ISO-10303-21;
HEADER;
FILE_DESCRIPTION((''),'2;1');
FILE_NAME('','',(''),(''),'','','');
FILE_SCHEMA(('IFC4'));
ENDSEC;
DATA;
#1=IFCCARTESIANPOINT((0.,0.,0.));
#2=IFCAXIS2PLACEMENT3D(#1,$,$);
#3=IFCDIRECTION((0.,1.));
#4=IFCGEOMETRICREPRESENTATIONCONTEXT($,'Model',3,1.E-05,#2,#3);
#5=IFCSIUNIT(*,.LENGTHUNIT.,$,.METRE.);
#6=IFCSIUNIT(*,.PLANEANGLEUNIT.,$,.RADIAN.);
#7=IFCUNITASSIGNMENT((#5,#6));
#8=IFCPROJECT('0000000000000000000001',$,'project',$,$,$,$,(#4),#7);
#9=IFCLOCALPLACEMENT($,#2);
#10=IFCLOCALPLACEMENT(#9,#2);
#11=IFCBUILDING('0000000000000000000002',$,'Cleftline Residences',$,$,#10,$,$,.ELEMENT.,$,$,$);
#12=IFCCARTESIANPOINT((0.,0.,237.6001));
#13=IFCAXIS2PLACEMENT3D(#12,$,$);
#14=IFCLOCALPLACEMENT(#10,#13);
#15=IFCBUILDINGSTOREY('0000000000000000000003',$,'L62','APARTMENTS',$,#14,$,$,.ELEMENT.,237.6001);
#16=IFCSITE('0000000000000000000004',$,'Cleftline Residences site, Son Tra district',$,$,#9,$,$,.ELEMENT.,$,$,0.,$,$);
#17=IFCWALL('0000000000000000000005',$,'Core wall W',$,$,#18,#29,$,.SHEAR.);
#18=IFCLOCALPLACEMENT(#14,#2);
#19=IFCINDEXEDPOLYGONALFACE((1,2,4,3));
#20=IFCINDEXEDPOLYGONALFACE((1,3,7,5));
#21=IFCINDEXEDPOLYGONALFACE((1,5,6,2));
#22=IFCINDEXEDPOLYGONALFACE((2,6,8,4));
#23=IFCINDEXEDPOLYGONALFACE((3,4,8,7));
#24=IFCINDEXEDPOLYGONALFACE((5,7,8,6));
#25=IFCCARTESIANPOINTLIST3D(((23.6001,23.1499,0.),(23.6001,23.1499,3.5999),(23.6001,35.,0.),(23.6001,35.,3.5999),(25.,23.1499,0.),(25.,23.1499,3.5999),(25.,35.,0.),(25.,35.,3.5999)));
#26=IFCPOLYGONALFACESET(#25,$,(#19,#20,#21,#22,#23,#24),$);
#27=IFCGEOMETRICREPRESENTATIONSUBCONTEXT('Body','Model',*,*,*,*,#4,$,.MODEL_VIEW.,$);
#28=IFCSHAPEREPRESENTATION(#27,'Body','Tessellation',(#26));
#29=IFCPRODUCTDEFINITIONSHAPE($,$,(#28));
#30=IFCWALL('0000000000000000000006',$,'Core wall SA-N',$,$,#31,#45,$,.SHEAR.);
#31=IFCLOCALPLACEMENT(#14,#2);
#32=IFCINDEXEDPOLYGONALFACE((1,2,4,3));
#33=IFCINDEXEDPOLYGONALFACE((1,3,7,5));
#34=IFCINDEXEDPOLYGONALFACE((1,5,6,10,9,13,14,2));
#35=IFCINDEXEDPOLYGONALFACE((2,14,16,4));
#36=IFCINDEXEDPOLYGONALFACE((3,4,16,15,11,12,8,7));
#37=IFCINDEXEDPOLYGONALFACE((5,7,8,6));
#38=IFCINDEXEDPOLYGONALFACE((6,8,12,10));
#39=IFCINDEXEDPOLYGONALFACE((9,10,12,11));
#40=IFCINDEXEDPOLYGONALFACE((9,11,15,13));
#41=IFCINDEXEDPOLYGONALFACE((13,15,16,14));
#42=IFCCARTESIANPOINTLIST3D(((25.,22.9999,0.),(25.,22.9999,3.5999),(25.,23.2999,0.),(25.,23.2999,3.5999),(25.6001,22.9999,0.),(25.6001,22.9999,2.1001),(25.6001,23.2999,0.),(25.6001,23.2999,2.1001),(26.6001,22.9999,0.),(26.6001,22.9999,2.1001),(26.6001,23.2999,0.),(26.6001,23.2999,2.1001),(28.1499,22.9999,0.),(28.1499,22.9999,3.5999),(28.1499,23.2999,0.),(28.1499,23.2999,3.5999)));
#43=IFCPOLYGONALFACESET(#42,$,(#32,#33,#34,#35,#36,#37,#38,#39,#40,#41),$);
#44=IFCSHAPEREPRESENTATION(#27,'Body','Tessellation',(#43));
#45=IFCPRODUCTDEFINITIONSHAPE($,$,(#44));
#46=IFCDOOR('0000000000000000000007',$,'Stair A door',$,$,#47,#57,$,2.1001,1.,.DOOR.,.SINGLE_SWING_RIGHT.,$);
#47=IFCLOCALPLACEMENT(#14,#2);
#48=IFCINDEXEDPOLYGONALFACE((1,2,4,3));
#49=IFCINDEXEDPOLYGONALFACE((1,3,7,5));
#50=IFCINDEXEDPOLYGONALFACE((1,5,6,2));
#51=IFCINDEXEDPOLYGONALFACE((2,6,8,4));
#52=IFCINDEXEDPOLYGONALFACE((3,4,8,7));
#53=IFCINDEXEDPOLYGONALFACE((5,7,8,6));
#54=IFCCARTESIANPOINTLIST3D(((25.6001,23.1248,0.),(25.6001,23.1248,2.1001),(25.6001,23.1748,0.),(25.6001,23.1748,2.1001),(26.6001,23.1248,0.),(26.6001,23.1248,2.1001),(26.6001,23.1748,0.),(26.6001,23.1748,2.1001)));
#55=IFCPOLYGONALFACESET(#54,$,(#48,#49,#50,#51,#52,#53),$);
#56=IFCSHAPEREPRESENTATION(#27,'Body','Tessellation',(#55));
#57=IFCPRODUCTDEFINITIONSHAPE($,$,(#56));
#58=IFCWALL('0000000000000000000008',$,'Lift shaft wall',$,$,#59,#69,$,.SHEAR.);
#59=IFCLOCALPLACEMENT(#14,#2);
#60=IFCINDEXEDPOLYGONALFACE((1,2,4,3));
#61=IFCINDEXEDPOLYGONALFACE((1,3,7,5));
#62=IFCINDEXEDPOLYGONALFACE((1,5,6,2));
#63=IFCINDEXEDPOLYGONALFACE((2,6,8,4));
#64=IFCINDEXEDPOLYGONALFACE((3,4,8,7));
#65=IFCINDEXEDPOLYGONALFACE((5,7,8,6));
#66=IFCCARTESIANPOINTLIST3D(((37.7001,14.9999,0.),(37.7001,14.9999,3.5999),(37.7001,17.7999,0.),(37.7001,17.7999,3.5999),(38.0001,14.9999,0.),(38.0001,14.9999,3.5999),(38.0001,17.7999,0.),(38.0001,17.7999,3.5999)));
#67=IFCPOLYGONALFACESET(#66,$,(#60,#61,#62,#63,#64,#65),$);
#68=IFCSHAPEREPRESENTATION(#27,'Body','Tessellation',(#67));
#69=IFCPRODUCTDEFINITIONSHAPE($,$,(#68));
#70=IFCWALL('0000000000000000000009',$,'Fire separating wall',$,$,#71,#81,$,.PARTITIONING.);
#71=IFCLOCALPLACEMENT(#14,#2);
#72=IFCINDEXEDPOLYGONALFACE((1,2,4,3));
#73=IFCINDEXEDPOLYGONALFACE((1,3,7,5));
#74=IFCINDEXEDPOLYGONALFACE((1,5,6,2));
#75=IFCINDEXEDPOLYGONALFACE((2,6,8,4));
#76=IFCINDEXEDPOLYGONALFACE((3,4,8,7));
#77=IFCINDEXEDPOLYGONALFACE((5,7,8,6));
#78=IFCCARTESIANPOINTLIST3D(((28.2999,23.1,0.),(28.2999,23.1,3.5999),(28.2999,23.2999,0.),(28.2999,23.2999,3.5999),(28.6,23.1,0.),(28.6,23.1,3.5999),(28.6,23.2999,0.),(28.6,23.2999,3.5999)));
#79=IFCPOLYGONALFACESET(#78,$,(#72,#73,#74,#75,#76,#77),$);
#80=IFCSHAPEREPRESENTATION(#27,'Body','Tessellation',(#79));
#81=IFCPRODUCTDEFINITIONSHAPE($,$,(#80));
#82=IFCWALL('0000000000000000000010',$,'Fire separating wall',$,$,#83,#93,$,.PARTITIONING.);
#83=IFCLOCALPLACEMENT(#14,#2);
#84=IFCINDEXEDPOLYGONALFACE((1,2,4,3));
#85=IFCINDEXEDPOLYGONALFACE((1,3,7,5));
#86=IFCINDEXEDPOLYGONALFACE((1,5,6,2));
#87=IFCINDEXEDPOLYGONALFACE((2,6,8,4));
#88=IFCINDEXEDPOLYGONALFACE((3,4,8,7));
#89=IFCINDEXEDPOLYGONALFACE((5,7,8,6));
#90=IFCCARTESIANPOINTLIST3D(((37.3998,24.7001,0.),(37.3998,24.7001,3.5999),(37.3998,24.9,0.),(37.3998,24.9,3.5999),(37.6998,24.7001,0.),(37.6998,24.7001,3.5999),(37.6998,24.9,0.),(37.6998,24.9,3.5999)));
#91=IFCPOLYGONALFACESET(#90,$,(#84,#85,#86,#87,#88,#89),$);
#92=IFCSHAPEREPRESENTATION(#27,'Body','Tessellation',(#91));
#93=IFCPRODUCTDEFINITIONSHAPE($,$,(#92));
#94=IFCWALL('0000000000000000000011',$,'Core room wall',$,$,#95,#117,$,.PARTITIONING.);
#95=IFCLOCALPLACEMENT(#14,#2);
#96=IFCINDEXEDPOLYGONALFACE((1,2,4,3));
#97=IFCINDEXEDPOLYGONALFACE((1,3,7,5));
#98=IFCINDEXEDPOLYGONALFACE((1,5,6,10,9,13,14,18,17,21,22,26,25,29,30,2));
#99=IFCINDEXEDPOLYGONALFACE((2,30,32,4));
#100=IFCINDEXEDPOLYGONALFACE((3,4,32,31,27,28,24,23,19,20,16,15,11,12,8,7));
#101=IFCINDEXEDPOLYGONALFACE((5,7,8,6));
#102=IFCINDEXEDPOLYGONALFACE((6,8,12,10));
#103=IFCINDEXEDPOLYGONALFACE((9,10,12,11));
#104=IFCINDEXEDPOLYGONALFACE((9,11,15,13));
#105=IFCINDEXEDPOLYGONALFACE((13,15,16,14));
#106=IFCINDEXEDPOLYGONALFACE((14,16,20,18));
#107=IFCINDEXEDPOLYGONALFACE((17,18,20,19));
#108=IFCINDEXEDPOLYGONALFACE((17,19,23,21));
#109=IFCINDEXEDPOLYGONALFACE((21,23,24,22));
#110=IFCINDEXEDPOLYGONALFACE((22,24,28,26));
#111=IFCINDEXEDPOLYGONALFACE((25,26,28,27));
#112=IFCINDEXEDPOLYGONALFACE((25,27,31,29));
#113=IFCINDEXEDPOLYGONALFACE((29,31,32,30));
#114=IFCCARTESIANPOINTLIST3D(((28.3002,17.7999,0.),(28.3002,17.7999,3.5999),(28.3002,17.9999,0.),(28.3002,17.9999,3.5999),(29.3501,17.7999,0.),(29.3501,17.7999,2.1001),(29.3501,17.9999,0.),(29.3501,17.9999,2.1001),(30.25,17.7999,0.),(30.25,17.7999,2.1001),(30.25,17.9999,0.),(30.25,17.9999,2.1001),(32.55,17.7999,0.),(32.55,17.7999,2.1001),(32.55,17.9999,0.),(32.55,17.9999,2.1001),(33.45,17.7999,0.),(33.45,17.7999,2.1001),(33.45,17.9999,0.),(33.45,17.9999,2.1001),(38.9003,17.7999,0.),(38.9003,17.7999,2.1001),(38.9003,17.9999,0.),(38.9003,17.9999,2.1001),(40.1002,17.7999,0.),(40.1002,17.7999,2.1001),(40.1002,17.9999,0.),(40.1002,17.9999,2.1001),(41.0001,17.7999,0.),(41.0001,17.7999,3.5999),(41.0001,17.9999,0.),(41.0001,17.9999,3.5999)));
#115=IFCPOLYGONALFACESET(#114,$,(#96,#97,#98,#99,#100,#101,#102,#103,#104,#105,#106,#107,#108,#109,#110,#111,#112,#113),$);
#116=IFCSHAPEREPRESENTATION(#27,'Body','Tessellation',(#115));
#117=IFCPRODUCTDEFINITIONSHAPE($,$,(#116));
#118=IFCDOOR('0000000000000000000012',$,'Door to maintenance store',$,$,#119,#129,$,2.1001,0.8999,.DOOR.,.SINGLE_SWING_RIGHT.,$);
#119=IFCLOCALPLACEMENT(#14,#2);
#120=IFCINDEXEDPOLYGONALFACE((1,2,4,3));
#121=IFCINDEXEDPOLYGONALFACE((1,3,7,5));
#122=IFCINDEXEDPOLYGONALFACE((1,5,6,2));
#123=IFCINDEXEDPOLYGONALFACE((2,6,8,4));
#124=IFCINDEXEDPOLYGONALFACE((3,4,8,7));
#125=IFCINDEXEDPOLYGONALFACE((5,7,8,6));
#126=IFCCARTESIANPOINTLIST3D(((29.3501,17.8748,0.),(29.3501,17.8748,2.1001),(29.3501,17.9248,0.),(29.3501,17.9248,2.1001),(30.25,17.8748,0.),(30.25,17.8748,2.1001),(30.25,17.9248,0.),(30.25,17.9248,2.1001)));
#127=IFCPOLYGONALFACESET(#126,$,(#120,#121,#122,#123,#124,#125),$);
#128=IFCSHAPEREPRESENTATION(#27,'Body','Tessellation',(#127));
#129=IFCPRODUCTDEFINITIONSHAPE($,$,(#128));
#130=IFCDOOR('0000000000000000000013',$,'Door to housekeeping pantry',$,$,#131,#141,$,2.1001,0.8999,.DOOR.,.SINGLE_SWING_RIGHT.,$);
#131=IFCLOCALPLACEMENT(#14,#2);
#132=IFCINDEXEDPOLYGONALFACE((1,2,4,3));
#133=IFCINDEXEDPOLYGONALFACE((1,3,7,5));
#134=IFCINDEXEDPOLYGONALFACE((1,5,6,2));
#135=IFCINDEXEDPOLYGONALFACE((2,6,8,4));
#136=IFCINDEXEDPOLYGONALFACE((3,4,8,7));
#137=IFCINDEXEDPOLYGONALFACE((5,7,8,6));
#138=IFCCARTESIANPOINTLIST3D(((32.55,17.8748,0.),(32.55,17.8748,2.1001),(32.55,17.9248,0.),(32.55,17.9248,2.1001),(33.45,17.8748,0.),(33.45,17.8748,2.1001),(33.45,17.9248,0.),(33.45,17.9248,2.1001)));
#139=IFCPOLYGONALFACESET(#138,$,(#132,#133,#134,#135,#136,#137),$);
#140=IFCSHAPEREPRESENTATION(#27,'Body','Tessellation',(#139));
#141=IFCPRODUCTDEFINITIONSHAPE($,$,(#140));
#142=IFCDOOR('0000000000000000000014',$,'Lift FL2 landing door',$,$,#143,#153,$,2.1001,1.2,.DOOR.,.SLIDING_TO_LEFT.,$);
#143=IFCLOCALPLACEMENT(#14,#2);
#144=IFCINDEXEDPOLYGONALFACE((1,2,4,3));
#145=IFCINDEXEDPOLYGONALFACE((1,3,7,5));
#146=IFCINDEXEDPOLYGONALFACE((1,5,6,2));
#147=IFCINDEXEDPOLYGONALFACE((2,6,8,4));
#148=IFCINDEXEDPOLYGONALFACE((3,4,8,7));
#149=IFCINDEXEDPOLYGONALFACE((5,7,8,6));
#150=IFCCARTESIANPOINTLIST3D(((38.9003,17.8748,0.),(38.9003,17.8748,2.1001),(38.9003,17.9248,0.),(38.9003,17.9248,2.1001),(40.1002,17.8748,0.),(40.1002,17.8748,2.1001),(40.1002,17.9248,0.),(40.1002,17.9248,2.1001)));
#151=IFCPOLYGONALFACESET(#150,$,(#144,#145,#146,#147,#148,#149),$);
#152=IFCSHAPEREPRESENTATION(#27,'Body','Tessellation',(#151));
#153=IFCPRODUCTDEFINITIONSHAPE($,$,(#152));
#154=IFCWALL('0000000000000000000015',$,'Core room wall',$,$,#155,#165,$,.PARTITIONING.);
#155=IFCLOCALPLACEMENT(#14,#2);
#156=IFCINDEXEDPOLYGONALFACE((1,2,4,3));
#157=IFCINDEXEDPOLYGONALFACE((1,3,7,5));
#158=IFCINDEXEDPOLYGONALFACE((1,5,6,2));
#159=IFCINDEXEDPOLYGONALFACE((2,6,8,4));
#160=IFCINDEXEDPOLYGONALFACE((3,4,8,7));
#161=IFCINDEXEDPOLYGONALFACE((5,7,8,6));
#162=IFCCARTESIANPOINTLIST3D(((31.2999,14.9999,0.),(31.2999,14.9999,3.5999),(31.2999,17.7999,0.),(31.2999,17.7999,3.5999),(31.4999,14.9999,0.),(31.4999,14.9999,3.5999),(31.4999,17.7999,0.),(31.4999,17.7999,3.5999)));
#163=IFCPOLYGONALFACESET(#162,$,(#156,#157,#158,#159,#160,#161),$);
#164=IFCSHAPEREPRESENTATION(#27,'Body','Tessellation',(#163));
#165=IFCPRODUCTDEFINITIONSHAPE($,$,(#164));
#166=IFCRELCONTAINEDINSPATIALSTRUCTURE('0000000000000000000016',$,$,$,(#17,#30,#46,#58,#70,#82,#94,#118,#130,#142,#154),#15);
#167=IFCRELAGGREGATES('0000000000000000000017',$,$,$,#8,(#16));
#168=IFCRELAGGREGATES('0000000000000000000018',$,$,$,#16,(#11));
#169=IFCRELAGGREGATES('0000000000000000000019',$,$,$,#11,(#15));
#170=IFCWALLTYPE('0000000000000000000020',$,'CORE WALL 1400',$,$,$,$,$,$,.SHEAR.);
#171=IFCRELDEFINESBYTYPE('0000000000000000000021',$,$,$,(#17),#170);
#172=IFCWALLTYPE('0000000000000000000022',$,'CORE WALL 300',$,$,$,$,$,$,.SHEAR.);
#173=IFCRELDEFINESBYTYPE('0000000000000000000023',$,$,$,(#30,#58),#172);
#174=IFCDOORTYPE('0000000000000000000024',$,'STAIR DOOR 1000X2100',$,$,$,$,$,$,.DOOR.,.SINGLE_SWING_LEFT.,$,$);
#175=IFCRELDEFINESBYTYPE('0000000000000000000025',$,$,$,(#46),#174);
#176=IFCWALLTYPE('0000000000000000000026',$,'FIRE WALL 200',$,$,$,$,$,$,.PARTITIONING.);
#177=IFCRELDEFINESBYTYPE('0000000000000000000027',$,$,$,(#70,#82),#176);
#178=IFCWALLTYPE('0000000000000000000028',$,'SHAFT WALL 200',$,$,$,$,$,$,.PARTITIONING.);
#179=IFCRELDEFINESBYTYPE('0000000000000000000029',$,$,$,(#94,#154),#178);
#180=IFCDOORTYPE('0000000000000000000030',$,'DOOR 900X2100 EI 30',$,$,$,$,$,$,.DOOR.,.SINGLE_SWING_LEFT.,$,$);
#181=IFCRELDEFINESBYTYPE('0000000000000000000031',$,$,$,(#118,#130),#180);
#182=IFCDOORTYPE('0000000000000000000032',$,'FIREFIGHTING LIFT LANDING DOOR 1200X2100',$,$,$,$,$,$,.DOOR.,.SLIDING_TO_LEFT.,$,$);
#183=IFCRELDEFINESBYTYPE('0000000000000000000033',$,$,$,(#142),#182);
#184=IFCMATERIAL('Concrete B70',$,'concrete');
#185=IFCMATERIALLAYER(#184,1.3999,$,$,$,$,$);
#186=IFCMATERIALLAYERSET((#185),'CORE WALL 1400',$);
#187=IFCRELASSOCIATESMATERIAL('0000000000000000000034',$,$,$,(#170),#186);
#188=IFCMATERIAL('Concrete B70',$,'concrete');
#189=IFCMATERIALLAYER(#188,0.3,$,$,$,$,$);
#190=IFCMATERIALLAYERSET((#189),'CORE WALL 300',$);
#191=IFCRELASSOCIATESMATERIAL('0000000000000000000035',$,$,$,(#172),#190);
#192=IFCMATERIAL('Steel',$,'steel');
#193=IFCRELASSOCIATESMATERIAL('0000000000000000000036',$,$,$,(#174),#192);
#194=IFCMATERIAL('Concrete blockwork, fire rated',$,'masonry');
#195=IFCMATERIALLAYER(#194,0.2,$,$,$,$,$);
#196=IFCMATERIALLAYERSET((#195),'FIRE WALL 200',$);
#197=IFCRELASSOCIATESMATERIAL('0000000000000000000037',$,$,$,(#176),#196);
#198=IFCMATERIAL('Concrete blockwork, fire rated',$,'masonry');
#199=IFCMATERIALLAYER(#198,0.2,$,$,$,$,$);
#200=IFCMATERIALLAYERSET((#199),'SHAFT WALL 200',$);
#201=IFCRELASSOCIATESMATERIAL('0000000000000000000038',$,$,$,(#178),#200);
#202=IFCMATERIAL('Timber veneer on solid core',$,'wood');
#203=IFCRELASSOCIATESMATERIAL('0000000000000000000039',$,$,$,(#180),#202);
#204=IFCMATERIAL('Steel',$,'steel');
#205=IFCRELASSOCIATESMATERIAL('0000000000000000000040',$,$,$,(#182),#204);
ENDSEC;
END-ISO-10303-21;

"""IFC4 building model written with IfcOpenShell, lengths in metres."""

from ifc_helpers import new_model, si_unit, direction, frame, frame_2d, origin, place, context, subcontext, project, spatial, rectangle, extrude, material, layer, layer_set, type_object, element, fill, save


model = new_model("IFC4")

# Units and contexts
model_context = context("Model", 3, precision=1e-05, world=origin(), true_north=direction((0.0, 1.0)))
body_context = subcontext(model_context, "Body", "Model", "MODEL_VIEW")
ifc_project = project(units=[si_unit("LENGTHUNIT", "METRE"), si_unit("PLANEANGLEUNIT", "RADIAN")], contexts=[model_context])

# Site, building, storey
site_placement = place(None, origin())
site = spatial("IfcSite", under=ifc_project, at=site_placement, Name="Cleftline Residences site, Son Tra district", CompositionType="ELEMENT", RefElevation=0.0)
building_placement = place(site_placement, origin())
building = spatial("IfcBuilding", under=site, at=building_placement, Name="Cleftline Residences", CompositionType="ELEMENT")
storey_placement = place(building_placement, frame((0.0, 0.0, 237.6001)))
storey = spatial("IfcBuildingStorey", under=building, at=storey_placement, Name="L62", Description="APARTMENTS", CompositionType="ELEMENT", Elevation=237.6001)

# Wall
ifc_material_1 = material(Name="Concrete B70", Category="concrete")
ifc_layer_1 = layer(ifc_material_1, 1.3999)
ifc_layer_set_1 = layer_set([ifc_layer_1], Name="CORE WALL 1400")
wall_type_1 = type_object("IfcWallType", Name="CORE WALL 1400", PredefinedType="SHEAR", material=ifc_layer_set_1)
wall_1_placement = place(storey_placement, frame((24.3, 23.1499, 0.0), z_axis=(0.0, 0.0, 1.0), x_axis=(0.0, 1.0, 0.0)))
element("IfcWall", 1, at=wall_1_placement, inside=storey, type_object=wall_type_1, Name="Core wall W", PredefinedType="SHEAR", context=body_context, shape_type="SweptSolid", body=[
    extrude(rectangle(XDim=11.8501, YDim=1.3999, at=frame_2d((5.925, 0.0))), origin(), (0.0, 0.0, 1.0), 3.5999),
])

# Wall, opening, door
ifc_material_2 = material(Name="Concrete B70", Category="concrete")
ifc_layer_2 = layer(ifc_material_2, 0.3)
ifc_layer_set_2 = layer_set([ifc_layer_2], Name="CORE WALL 300")
wall_type_2 = type_object("IfcWallType", Name="CORE WALL 300", PredefinedType="SHEAR", material=ifc_layer_set_2)
wall_2_placement = place(storey_placement, frame((25.0, 23.1499, 0.0), z_axis=(0.0, 0.0, 1.0), x_axis=(1.0, 0.0, 0.0)))
wall_2 = element("IfcWall", 2, at=wall_2_placement, inside=storey, type_object=wall_type_2, Name="Core wall SA-N", PredefinedType="SHEAR", context=body_context, shape_type="SweptSolid", body=[
    extrude(rectangle(XDim=3.1499, YDim=0.3, at=frame_2d((1.575, 0.0))), origin(), (0.0, 0.0, 1.0), 3.5999),
])
opening_1_placement = place(wall_2_placement, frame((0.6001, 0.0, 0.0)))
opening_1 = element("IfcOpeningElement", 3, at=opening_1_placement, cuts=wall_2, PredefinedType="OPENING", context=body_context, shape_type="SweptSolid", body=[
    extrude(rectangle(XDim=1.0, YDim=2.1001, at=frame_2d((0.5, 1.05))), frame((0.0, 0.1599, 0.0), z_axis=(0.0, -1.0, 0.0), x_axis=(1.0, 0.0, 0.0)), (0.0, 0.0, 1.0), 0.3201),
])
ifc_material_3 = material(Name="Steel", Category="steel")
door_type_1 = type_object("IfcDoorType", Name="STAIR DOOR 1000X2100", OperationType="SINGLE_SWING_LEFT", PredefinedType="DOOR", material=ifc_material_3)
door_1_placement = place(opening_1_placement, origin())
door_1 = element("IfcDoor", 4, at=door_1_placement, inside=storey, type_object=door_type_1, Name="Stair A door", OperationType="SINGLE_SWING_RIGHT", OverallHeight=2.1001, OverallWidth=1.0, PredefinedType="DOOR", context=body_context, shape_type="SweptSolid", body=[
    extrude(rectangle(XDim=1.0, YDim=2.1001, at=frame_2d((0.5, 1.05))), frame((0.0, 0.0249, 0.0), z_axis=(0.0, -1.0, 0.0), x_axis=(1.0, 0.0, 0.0)), (0.0, 0.0, 1.0), 0.05),
])
fill(opening_1, door_1)

# Walls
wall_3_placement = place(storey_placement, frame((37.8501, 15.0, 0.0), z_axis=(0.0, 0.0, 1.0), x_axis=(0.0, 1.0, 0.0)))
element("IfcWall", 5, at=wall_3_placement, inside=storey, type_object=wall_type_2, Name="Lift shaft wall", PredefinedType="SHEAR", context=body_context, shape_type="SweptSolid", body=[
    extrude(rectangle(XDim=2.8, YDim=0.3, at=frame_2d((1.3999, 0.0))), origin(), (0.0, 0.0, 1.0), 3.5999),
])
ifc_material_4 = material(Name="Concrete blockwork, fire rated", Category="masonry")
ifc_layer_3 = layer(ifc_material_4, 0.2)
ifc_layer_set_3 = layer_set([ifc_layer_3], Name="FIRE WALL 200")
wall_type_3 = type_object("IfcWallType", Name="FIRE WALL 200", PredefinedType="PARTITIONING", material=ifc_layer_set_3)
for number, where, z_axis, x_axis, name in (
    (6, (28.3, 23.2, 0.0), (0.0, 0.0, 1.0), (1.0, 0.0, 0.0), "Fire separating wall"),
    (7, (37.3999, 24.8, 0.0), (0.0, 0.0, 1.0), (1.0, 0.0, 0.0), "Fire separating wall"),
):
    element("IfcWall", number, at=place(storey_placement, frame(where, z_axis=z_axis, x_axis=x_axis)), inside=storey, type_object=wall_type_3, Name=name, PredefinedType="PARTITIONING", context=body_context, shape_type="SweptSolid", body=[
        extrude(rectangle(XDim=0.3, YDim=0.2, at=frame_2d((0.1499, 0.0))), origin(), (0.0, 0.0, 1.0), 3.5999),
    ])

# Wall, openings, doors
ifc_material_5 = material(Name="Concrete blockwork, fire rated", Category="masonry")
ifc_layer_4 = layer(ifc_material_5, 0.2)
ifc_layer_set_4 = layer_set([ifc_layer_4], Name="SHAFT WALL 200")
wall_type_4 = type_object("IfcWallType", Name="SHAFT WALL 200", PredefinedType="PARTITIONING", material=ifc_layer_set_4)
wall_4_placement = place(storey_placement, frame((28.3, 17.8999, 0.0), z_axis=(0.0, 0.0, 1.0), x_axis=(1.0, 0.0, 0.0)))
wall_4 = element("IfcWall", 8, at=wall_4_placement, inside=storey, type_object=wall_type_4, Name="Core room wall", PredefinedType="PARTITIONING", context=body_context, shape_type="SweptSolid", body=[
    extrude(rectangle(XDim=12.7, YDim=0.2, at=frame_2d((6.3501, 0.0))), origin(), (0.0, 0.0, 1.0), 3.5999),
])
opening_2_placement = place(wall_4_placement, frame((1.05, 0.0, 0.0)))
opening_2 = element("IfcOpeningElement", 9, at=opening_2_placement, cuts=wall_4, PredefinedType="OPENING", context=body_context, shape_type="SweptSolid", body=[
    extrude(rectangle(XDim=0.8999, YDim=2.1001, at=frame_2d((0.45, 1.05))), frame((0.0, 0.1099, 0.0), z_axis=(0.0, -1.0, 0.0), x_axis=(1.0, 0.0, 0.0)), (0.0, 0.0, 1.0), 0.22),
])
opening_3_placement = place(wall_4_placement, frame((4.25, 0.0, 0.0)))
opening_3 = element("IfcOpeningElement", 10, at=opening_3_placement, cuts=wall_4, PredefinedType="OPENING", context=body_context, shape_type="SweptSolid", body=[
    extrude(rectangle(XDim=0.8999, YDim=2.1001, at=frame_2d((0.45, 1.05))), frame((0.0, 0.1099, 0.0), z_axis=(0.0, -1.0, 0.0), x_axis=(1.0, 0.0, 0.0)), (0.0, 0.0, 1.0), 0.22),
])
opening_4_placement = place(wall_4_placement, frame((10.6001, 0.0, 0.0)))
opening_4 = element("IfcOpeningElement", 11, at=opening_4_placement, cuts=wall_4, PredefinedType="OPENING", context=body_context, shape_type="SweptSolid", body=[
    extrude(rectangle(XDim=1.2, YDim=2.1001, at=frame_2d((0.6001, 1.05))), frame((0.0, 0.1099, 0.0), z_axis=(0.0, -1.0, 0.0), x_axis=(1.0, 0.0, 0.0)), (0.0, 0.0, 1.0), 0.22),
])
ifc_material_6 = material(Name="Timber veneer on solid core", Category="wood")
door_type_2 = type_object("IfcDoorType", Name="DOOR 900X2100 EI 30", OperationType="SINGLE_SWING_LEFT", PredefinedType="DOOR", material=ifc_material_6)
door_2_placement = place(opening_2_placement, origin())
door_2 = element("IfcDoor", 12, at=door_2_placement, inside=storey, type_object=door_type_2, Name="Door to maintenance store", OperationType="SINGLE_SWING_RIGHT", OverallHeight=2.1001, OverallWidth=0.8999, PredefinedType="DOOR", context=body_context, shape_type="SweptSolid", body=[
    extrude(rectangle(XDim=0.8999, YDim=2.1001, at=frame_2d((0.45, 1.05))), frame((0.0, 0.0249, 0.0), z_axis=(0.0, -1.0, 0.0), x_axis=(1.0, 0.0, 0.0)), (0.0, 0.0, 1.0), 0.05),
])
fill(opening_2, door_2)
door_3_placement = place(opening_3_placement, origin())
door_3 = element("IfcDoor", 13, at=door_3_placement, inside=storey, type_object=door_type_2, Name="Door to housekeeping pantry", OperationType="SINGLE_SWING_RIGHT", OverallHeight=2.1001, OverallWidth=0.8999, PredefinedType="DOOR", context=body_context, shape_type="SweptSolid", body=[
    extrude(rectangle(XDim=0.8999, YDim=2.1001, at=frame_2d((0.45, 1.05))), frame((0.0, 0.0249, 0.0), z_axis=(0.0, -1.0, 0.0), x_axis=(1.0, 0.0, 0.0)), (0.0, 0.0, 1.0), 0.05),
])
fill(opening_3, door_3)
ifc_material_7 = material(Name="Steel", Category="steel")
door_type_3 = type_object("IfcDoorType", Name="FIREFIGHTING LIFT LANDING DOOR 1200X2100", OperationType="SLIDING_TO_LEFT", PredefinedType="DOOR", material=ifc_material_7)
door_4_placement = place(opening_4_placement, origin())
door_4 = element("IfcDoor", 14, at=door_4_placement, inside=storey, type_object=door_type_3, Name="Lift FL2 landing door", OperationType="SLIDING_TO_LEFT", OverallHeight=2.1001, OverallWidth=1.2, PredefinedType="DOOR", context=body_context, shape_type="SweptSolid", body=[
    extrude(rectangle(XDim=1.2, YDim=2.1001, at=frame_2d((0.6001, 1.05))), frame((0.0, 0.0249, 0.0), z_axis=(0.0, -1.0, 0.0), x_axis=(1.0, 0.0, 0.0)), (0.0, 0.0, 1.0), 0.05),
])
fill(opening_4, door_4)

# Wall
wall_5_placement = place(storey_placement, frame((31.3999, 15.0, 0.0), z_axis=(0.0, 0.0, 1.0), x_axis=(0.0, 1.0, 0.0)))
element("IfcWall", 15, at=wall_5_placement, inside=storey, type_object=wall_type_4, Name="Core room wall", PredefinedType="PARTITIONING", context=body_context, shape_type="SweptSolid", body=[
    extrude(rectangle(XDim=2.8, YDim=0.2, at=frame_2d((1.3999, 0.0))), origin(), (0.0, 0.0, 1.0), 3.5999),
])

save(model, "model.ifc")
